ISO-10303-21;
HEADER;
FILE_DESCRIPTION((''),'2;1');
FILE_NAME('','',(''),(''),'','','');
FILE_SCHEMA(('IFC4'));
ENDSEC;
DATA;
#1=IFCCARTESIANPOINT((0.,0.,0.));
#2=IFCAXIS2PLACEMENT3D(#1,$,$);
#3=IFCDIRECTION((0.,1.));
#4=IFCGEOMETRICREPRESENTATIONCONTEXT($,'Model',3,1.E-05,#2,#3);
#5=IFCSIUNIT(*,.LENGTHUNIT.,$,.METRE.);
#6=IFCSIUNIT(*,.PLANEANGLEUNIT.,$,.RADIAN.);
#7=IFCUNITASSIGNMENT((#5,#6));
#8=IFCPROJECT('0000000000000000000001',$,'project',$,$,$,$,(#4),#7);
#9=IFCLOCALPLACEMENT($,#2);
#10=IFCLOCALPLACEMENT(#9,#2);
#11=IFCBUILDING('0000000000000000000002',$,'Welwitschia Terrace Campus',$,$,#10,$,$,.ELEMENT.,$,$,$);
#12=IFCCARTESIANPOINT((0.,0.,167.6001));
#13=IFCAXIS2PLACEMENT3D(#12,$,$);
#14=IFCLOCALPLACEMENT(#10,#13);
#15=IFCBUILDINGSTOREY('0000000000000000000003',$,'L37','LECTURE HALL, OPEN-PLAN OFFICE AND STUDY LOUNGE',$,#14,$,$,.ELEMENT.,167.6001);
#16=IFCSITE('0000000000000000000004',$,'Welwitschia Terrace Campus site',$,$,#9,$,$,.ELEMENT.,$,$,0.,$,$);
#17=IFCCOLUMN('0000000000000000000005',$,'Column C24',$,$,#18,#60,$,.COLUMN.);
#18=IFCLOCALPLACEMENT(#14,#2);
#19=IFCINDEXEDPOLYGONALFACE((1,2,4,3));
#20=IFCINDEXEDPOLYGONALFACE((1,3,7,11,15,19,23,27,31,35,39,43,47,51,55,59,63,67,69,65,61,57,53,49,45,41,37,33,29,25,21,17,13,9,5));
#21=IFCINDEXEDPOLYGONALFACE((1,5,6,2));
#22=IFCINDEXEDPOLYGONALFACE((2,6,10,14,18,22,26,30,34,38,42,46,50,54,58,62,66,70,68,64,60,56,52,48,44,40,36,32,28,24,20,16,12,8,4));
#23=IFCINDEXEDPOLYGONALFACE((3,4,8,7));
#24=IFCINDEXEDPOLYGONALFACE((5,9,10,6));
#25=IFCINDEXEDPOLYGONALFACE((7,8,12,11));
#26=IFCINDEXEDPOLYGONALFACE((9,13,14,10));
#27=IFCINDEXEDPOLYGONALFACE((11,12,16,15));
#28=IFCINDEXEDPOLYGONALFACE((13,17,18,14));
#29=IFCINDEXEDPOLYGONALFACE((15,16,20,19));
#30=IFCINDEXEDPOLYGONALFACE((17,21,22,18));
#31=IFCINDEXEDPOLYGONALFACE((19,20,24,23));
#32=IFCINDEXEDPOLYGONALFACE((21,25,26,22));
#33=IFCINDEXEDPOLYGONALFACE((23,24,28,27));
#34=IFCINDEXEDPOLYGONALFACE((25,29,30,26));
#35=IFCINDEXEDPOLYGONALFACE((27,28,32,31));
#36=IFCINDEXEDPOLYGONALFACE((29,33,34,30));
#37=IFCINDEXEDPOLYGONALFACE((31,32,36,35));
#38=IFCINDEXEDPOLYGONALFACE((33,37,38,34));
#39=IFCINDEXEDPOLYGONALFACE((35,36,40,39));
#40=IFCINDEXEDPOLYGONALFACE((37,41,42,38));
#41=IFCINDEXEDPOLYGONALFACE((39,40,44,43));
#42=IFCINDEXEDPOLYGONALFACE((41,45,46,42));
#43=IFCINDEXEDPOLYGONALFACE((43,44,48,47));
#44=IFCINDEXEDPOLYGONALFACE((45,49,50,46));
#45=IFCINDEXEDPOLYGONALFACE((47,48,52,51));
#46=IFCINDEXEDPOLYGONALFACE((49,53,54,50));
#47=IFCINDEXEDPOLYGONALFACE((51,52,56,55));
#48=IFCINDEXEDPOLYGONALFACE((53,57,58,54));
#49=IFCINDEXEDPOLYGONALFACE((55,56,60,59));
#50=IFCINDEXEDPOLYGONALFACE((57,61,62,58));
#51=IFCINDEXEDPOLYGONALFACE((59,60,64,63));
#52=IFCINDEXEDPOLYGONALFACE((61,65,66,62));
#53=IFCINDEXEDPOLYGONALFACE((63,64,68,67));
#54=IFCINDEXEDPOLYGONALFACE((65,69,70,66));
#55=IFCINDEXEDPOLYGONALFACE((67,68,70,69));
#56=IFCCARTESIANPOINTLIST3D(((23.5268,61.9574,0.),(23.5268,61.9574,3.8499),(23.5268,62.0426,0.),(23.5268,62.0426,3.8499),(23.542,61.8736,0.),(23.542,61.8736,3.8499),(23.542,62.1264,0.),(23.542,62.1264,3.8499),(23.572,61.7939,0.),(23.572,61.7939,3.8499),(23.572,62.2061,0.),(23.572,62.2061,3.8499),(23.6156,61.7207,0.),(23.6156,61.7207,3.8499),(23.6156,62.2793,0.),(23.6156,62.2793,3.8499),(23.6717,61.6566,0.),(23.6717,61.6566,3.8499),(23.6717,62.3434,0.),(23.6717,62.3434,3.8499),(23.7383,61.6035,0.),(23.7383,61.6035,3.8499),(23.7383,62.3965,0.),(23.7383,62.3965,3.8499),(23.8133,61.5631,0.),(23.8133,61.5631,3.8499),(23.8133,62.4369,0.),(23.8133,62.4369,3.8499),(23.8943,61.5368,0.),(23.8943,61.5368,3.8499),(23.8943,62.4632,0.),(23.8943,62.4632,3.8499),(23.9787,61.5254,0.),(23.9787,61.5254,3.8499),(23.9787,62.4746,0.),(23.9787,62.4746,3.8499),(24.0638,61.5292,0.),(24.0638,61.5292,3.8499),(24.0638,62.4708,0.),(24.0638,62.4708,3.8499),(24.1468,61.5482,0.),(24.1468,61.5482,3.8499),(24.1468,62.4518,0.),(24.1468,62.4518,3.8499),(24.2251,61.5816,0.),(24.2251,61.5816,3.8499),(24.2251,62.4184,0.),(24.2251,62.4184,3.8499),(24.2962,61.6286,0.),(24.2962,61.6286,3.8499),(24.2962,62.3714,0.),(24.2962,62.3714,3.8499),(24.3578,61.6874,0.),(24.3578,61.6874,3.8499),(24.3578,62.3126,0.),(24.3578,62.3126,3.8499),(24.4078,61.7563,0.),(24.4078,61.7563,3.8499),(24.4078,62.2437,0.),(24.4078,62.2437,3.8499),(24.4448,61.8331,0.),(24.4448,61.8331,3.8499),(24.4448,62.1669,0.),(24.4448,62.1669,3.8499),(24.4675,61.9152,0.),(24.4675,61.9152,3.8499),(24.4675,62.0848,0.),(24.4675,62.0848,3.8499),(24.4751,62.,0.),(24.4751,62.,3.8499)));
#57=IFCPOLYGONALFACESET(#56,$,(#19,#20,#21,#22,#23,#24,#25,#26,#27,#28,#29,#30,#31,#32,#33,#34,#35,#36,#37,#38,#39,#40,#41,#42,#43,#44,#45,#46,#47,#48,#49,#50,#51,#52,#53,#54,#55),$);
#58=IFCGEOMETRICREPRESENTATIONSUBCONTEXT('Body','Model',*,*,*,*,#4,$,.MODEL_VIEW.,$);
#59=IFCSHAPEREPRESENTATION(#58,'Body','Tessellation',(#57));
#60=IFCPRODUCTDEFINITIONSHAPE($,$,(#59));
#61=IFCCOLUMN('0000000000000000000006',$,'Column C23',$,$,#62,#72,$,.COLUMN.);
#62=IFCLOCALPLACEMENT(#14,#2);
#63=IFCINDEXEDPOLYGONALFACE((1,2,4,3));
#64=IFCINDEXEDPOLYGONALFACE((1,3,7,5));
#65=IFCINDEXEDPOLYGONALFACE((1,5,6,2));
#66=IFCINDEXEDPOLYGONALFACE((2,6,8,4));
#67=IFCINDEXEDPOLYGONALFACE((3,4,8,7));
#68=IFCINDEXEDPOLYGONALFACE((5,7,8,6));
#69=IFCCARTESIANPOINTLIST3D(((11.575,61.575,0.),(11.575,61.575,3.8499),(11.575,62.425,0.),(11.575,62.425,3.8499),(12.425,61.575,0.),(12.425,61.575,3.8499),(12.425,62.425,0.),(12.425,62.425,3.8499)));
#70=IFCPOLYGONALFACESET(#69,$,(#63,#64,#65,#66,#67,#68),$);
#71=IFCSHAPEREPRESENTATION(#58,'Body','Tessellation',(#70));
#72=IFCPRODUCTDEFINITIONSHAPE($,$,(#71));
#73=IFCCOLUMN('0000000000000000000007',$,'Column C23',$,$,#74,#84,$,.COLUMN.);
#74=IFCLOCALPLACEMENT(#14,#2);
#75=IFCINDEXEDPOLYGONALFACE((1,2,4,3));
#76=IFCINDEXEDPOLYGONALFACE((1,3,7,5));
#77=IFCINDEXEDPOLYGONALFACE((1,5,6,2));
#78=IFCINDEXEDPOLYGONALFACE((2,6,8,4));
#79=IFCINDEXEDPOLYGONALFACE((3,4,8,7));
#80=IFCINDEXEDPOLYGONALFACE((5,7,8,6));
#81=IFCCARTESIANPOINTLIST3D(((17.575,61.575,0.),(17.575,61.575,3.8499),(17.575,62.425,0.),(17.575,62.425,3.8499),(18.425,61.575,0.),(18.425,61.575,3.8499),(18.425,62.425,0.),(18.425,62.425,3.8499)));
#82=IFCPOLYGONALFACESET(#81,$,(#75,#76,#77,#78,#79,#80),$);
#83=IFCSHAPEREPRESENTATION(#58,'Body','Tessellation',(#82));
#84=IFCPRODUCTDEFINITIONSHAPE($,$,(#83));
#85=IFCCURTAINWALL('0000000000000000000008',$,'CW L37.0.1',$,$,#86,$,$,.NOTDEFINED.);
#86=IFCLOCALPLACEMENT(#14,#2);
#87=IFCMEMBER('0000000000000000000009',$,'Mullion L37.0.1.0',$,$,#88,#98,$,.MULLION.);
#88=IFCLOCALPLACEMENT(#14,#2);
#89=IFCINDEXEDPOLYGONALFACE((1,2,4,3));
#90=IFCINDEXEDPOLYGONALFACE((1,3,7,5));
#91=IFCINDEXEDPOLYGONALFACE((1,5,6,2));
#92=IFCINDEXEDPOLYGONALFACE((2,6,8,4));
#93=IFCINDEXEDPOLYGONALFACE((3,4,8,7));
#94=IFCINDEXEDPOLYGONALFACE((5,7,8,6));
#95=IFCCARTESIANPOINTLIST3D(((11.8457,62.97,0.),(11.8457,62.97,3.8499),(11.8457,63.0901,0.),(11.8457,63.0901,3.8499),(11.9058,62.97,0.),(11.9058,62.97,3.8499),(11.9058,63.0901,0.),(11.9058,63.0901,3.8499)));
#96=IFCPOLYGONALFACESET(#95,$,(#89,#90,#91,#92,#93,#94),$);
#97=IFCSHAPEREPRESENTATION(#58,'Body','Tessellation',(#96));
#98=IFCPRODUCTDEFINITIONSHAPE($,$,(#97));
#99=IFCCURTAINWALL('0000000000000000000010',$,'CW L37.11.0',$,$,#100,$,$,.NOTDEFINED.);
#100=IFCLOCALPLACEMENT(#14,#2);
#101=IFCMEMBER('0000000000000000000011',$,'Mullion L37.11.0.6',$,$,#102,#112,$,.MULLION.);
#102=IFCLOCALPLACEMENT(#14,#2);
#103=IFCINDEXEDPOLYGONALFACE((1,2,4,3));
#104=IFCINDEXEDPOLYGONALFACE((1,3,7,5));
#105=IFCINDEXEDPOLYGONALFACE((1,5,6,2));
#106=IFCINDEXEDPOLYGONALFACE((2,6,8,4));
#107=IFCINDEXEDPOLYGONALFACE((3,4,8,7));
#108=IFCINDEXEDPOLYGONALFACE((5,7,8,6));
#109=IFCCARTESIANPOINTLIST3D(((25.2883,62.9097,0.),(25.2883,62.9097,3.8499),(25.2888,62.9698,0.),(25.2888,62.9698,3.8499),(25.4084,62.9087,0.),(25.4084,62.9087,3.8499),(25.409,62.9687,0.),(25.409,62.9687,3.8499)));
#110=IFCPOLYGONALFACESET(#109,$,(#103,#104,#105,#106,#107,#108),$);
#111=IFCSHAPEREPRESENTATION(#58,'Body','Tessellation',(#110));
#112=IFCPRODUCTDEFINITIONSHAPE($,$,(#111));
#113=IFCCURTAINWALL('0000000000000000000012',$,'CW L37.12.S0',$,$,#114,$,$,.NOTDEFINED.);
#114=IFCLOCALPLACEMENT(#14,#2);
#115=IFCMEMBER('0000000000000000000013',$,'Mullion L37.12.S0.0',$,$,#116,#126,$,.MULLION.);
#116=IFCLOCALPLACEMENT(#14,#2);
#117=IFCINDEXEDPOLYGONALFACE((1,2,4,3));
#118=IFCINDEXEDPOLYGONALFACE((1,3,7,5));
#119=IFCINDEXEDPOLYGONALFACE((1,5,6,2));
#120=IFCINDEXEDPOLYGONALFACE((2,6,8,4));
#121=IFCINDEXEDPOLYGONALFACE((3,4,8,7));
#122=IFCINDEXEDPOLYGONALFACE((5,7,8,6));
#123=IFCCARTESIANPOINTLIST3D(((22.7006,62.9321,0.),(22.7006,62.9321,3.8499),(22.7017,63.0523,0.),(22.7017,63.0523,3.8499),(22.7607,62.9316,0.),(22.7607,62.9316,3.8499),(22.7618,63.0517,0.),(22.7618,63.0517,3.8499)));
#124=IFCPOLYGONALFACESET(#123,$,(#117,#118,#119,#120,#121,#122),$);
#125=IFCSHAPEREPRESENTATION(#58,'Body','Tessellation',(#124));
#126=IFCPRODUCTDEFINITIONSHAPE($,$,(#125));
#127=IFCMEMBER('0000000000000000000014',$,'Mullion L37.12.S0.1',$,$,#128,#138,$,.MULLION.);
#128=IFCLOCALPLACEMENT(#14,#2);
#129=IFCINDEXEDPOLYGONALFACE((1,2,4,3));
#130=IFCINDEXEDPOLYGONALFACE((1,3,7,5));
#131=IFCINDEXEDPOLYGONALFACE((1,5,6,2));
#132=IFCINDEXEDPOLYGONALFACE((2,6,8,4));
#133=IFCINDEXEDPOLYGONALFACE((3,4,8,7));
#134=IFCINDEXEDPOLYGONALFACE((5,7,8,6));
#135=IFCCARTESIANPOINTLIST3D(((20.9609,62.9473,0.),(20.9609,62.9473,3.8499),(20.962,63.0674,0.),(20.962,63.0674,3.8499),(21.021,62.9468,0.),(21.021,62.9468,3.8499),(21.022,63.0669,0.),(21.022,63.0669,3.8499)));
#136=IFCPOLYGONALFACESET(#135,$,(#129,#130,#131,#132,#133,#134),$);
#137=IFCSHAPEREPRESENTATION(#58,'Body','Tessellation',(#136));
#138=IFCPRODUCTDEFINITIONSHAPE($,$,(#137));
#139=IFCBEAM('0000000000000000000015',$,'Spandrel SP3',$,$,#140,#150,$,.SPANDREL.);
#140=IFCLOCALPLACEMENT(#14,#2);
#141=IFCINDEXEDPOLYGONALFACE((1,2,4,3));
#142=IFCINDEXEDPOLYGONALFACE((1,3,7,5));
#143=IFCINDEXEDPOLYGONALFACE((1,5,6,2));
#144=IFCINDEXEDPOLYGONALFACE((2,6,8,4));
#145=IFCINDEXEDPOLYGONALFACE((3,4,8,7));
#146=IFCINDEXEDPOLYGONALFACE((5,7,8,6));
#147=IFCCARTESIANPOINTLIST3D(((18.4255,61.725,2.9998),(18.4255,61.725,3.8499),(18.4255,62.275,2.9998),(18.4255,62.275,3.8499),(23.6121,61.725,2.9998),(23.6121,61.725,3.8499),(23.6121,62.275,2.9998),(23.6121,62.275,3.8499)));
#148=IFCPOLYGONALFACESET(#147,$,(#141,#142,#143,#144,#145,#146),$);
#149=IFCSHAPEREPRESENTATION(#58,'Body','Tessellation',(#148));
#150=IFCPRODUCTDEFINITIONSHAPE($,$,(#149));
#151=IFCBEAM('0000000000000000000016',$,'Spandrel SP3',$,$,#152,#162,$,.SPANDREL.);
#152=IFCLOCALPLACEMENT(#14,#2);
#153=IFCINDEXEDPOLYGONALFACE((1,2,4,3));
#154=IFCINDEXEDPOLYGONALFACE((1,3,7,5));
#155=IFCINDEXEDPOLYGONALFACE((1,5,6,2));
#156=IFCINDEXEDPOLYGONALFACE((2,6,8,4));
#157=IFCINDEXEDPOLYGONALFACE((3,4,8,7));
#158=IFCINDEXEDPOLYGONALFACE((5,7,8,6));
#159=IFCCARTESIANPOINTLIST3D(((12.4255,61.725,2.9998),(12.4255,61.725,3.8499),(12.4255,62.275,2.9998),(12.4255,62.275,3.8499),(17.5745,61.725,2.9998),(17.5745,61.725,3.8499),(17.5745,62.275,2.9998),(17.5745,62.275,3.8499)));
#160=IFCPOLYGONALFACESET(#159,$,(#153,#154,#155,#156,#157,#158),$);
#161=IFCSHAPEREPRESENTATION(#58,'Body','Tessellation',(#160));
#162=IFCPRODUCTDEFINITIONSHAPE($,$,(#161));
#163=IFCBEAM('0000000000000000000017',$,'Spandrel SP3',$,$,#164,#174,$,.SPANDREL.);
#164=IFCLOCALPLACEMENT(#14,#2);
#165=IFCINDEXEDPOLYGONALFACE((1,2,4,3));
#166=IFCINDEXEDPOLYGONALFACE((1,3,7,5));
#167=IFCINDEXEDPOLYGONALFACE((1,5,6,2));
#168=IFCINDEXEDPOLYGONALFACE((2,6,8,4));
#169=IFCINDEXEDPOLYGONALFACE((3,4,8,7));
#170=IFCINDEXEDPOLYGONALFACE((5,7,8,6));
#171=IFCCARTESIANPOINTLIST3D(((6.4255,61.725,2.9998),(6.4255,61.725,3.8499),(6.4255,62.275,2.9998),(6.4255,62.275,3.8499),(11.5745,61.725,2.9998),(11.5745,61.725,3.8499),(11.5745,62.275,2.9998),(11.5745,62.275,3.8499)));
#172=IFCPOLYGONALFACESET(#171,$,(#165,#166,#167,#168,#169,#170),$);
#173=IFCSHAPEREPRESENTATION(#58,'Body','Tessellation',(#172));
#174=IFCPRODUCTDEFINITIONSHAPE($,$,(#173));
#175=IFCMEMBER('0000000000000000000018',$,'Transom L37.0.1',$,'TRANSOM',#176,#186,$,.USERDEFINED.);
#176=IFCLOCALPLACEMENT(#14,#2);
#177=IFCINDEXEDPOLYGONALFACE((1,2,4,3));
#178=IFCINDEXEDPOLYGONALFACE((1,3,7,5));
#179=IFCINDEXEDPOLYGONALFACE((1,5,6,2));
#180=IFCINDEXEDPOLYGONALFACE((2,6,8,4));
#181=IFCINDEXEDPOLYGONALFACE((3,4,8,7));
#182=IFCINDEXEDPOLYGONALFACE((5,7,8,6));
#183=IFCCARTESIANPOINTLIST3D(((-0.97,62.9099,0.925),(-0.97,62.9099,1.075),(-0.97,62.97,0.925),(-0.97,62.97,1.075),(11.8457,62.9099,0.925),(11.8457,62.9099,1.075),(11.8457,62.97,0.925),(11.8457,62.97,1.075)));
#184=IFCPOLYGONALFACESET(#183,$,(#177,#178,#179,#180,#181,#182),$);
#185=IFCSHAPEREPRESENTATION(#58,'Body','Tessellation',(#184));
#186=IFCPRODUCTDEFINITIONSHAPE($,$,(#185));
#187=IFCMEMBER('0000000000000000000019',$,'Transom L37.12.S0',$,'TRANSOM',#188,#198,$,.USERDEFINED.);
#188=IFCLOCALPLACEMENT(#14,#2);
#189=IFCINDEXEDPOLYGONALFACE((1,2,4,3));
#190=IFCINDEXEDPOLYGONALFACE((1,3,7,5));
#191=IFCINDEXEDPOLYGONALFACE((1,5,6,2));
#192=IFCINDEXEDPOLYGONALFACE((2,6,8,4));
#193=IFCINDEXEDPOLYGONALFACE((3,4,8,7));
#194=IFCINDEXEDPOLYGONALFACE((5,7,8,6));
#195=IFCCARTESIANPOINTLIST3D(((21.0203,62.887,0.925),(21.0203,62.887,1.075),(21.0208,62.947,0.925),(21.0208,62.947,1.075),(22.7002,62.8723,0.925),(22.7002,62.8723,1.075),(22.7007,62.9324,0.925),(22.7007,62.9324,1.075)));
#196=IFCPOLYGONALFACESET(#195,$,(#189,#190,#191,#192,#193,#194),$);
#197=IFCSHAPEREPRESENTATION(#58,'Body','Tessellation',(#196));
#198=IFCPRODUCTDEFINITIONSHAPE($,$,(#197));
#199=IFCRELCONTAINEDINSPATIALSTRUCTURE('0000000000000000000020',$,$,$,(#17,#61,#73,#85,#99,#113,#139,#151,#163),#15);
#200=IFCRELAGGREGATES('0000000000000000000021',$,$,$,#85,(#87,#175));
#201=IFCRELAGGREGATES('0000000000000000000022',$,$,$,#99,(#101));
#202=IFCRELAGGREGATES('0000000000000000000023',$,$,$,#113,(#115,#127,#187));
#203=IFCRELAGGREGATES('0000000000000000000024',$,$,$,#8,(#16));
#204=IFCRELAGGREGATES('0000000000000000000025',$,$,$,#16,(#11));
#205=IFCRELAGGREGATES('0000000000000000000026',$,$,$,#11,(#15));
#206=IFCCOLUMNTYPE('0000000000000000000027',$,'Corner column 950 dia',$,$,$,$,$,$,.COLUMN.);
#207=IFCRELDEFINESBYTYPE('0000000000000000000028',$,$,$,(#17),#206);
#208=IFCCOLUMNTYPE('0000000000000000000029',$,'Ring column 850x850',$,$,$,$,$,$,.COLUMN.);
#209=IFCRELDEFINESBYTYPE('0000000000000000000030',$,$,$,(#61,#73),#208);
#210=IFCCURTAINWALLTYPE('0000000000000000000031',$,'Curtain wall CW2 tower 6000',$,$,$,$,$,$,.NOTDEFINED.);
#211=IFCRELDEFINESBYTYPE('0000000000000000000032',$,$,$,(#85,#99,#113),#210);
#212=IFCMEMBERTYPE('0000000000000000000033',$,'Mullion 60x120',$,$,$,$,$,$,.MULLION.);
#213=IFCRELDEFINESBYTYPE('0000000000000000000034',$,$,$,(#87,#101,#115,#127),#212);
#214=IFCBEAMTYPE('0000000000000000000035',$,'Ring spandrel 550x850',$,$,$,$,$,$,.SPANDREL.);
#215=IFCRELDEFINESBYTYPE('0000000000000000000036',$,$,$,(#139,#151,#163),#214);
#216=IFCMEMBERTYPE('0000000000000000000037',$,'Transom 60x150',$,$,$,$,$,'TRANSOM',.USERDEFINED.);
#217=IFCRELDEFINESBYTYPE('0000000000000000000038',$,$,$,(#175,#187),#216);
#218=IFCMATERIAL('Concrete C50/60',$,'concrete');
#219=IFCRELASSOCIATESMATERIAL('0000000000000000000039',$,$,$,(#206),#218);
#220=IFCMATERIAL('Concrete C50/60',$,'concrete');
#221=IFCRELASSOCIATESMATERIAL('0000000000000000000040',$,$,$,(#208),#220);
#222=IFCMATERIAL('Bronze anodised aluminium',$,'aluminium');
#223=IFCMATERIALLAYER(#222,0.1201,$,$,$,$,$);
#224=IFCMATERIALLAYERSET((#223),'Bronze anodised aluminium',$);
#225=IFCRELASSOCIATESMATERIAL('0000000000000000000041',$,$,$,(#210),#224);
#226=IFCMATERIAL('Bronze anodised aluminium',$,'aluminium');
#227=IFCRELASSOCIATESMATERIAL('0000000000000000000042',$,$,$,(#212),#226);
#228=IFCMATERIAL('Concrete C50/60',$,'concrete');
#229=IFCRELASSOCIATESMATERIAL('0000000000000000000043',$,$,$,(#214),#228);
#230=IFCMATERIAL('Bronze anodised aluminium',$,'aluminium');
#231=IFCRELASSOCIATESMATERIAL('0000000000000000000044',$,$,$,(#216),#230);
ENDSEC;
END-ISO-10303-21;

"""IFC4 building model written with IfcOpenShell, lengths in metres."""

from ifc_helpers import new_model, si_unit, direction, frame, origin, origin_2d, place, context, subcontext, project, spatial, rectangle, circle, extrude, material, layer, layer_set, material_profile, profile_set, type_object, element, aggregate, save


model = new_model("IFC4")

# Units and contexts
model_context = context("Model", 3, precision=1e-05, world=origin(), true_north=direction((0.0, 1.0)))
body_context = subcontext(model_context, "Body", "Model", "MODEL_VIEW")
ifc_project = project(units=[si_unit("LENGTHUNIT", "METRE"), si_unit("PLANEANGLEUNIT", "RADIAN")], contexts=[model_context])

# Site, building, storey
site_placement = place(None, origin())
site = spatial("IfcSite", under=ifc_project, at=site_placement, Name="Welwitschia Terrace Campus site", CompositionType="ELEMENT", RefElevation=0.0)
building_placement = place(site_placement, origin())
building = spatial("IfcBuilding", under=site, at=building_placement, Name="Welwitschia Terrace Campus", CompositionType="ELEMENT")
storey_placement = place(building_placement, frame((0.0, 0.0, 167.6001)))
storey = spatial("IfcBuildingStorey", under=building, at=storey_placement, Name="L37", Description="LECTURE HALL, OPEN-PLAN OFFICE AND STUDY LOUNGE", CompositionType="ELEMENT", Elevation=167.6001)

# Columns
ifc_material_1 = material(Name="Concrete C50/60", Category="concrete")
ifc_material_profile_1 = material_profile(ifc_material_1, circle(Radius=0.4751, at=origin_2d()))
ifc_profile_set_1 = profile_set([ifc_material_profile_1], Name="Concrete C50/60")
column_type_1 = type_object("IfcColumnType", Name="Corner column 950 dia", PredefinedType="COLUMN", material=ifc_profile_set_1)
column_placement = place(storey_placement, frame((24.0, 62.0, 0.0), z_axis=(0.0, 0.0, 1.0), x_axis=(1.0, 0.0, 0.0)))
element("IfcColumn", 1, at=column_placement, inside=storey, type_object=column_type_1, Name="Column C24", PredefinedType="COLUMN", context=body_context, shape_type="SweptSolid", body=[
    extrude(circle(Radius=0.4751, at=origin_2d()), origin(), (0.0, 0.0, 1.0), 3.8499),
])
ifc_material_2 = material(Name="Concrete C50/60", Category="concrete")
ifc_material_profile_2 = material_profile(ifc_material_2, rectangle(XDim=0.8501, YDim=0.8501, at=origin_2d()))
ifc_profile_set_2 = profile_set([ifc_material_profile_2], Name="Concrete C50/60")
column_type_2 = type_object("IfcColumnType", Name="Ring column 850x850", PredefinedType="COLUMN", material=ifc_profile_set_2)
for number, where, z_axis, x_axis, name in (
    (2, (12.0, 62.0, 0.0), (0.0, 0.0, 1.0), (1.0, 0.0, 0.0), "Column C23"),
    (3, (18.0, 62.0, 0.0), (0.0, 0.0, 1.0), (1.0, 0.0, 0.0), "Column C23"),
):
    element("IfcColumn", number, at=place(storey_placement, frame(where, z_axis=z_axis, x_axis=x_axis)), inside=storey, type_object=column_type_2, Name=name, PredefinedType="COLUMN", context=body_context, shape_type="SweptSolid", body=[
        extrude(rectangle(XDim=0.8501, YDim=0.8501, at=origin_2d()), origin(), (0.0, 0.0, 1.0), 3.8499),
    ])

# Curtain walls, members
ifc_material_3 = material(Name="Bronze anodised aluminium", Category="aluminium")
ifc_layer_1 = layer(ifc_material_3, 0.1201)
ifc_layer_set_1 = layer_set([ifc_layer_1], Name="Bronze anodised aluminium")
curtain_wall_type = type_object("IfcCurtainWallType", Name="Curtain wall CW2 tower 6000", PredefinedType="NOTDEFINED", material=ifc_layer_set_1)
curtain_wall_1_placement = place(storey_placement, origin())
curtain_wall_1 = element("IfcCurtainWall", 4, at=curtain_wall_1_placement, inside=storey, type_object=curtain_wall_type, Name="CW L37.0.1", PredefinedType="NOTDEFINED")
ifc_material_4 = material(Name="Bronze anodised aluminium", Category="aluminium")
ifc_material_profile_3 = material_profile(ifc_material_4, rectangle(XDim=0.1201, YDim=0.0601, at=origin_2d()))
ifc_profile_set_3 = profile_set([ifc_material_profile_3], Name="Bronze anodised aluminium")
member_type_1 = type_object("IfcMemberType", Name="Mullion 60x120", PredefinedType="MULLION", material=ifc_profile_set_3)
member_1_placement = place(storey_placement, frame((11.8757, 63.03, 0.0), z_axis=(0.0, 0.0, 1.0), x_axis=(0.0, -1.0, 0.0)))
member_1 = element("IfcMember", 5, at=member_1_placement, type_object=member_type_1, Name="Mullion L37.0.1.0", PredefinedType="MULLION", context=body_context, shape_type="SweptSolid", body=[
    extrude(rectangle(XDim=0.1201, YDim=0.0601, at=origin_2d()), origin(), (0.0, 0.0, 1.0), 3.8499),
])
curtain_wall_2_placement = place(storey_placement, origin())
curtain_wall_2 = element("IfcCurtainWall", 6, at=curtain_wall_2_placement, inside=storey, type_object=curtain_wall_type, Name="CW L37.11.0", PredefinedType="NOTDEFINED")
member_2_placement = place(storey_placement, frame((25.3486, 62.9392, 0.0), z_axis=(0.0, 0.0, 1.0), x_axis=(-0.999962, 0.008727, 0.0)))
member_2 = element("IfcMember", 7, at=member_2_placement, type_object=member_type_1, Name="Mullion L37.11.0.6", PredefinedType="MULLION", context=body_context, shape_type="SweptSolid", body=[
    extrude(rectangle(XDim=0.1201, YDim=0.0601, at=origin_2d()), origin(), (0.0, 0.0, 1.0), 3.8499),
])

# Curtain wall, members
curtain_wall_3_placement = place(storey_placement, origin())
curtain_wall_3 = element("IfcCurtainWall", 8, at=curtain_wall_3_placement, inside=storey, type_object=curtain_wall_type, Name="CW L37.12.S0", PredefinedType="NOTDEFINED")
member_3_placement = place(storey_placement, frame((22.7312, 62.9919, 0.0), z_axis=(0.0, 0.0, 1.0), x_axis=(-0.008727, -0.999962, 0.0)))
member_3 = element("IfcMember", 9, at=member_3_placement, type_object=member_type_1, Name="Mullion L37.12.S0.0", PredefinedType="MULLION", context=body_context, shape_type="SweptSolid", body=[
    extrude(rectangle(XDim=0.1201, YDim=0.0601, at=origin_2d()), origin(), (0.0, 0.0, 1.0), 3.8499),
])
member_4_placement = place(storey_placement, frame((20.9915, 63.0071, 0.0), z_axis=(0.0, 0.0, 1.0), x_axis=(-0.008727, -0.999962, 0.0)))
member_4 = element("IfcMember", 10, at=member_4_placement, type_object=member_type_1, Name="Mullion L37.12.S0.1", PredefinedType="MULLION", context=body_context, shape_type="SweptSolid", body=[
    extrude(rectangle(XDim=0.1201, YDim=0.0601, at=origin_2d()), origin(), (0.0, 0.0, 1.0), 3.8499),
])

# Beams
ifc_material_5 = material(Name="Concrete C50/60", Category="concrete")
ifc_material_profile_4 = material_profile(ifc_material_5, rectangle(XDim=0.55, YDim=0.8501, at=origin_2d()))
ifc_profile_set_4 = profile_set([ifc_material_profile_4], Name="Concrete C50/60")
beam_type = type_object("IfcBeamType", Name="Ring spandrel 550x850", PredefinedType="SPANDREL", material=ifc_profile_set_4)
beam_placement = place(storey_placement, frame((23.6121, 62.0, 3.4248), z_axis=(-1.0, 0.0, 0.0), x_axis=(0.0, -1.0, 0.0)))
element("IfcBeam", 11, at=beam_placement, inside=storey, type_object=beam_type, Name="Spandrel SP3", PredefinedType="SPANDREL", context=body_context, shape_type="SweptSolid", body=[
    extrude(rectangle(XDim=0.55, YDim=0.8501, at=origin_2d()), origin(), (0.0, 0.0, 1.0), 5.1865),
])
for number, where, z_axis, x_axis, name in (
    (12, (17.5745, 62.0, 3.4248), (-1.0, 0.0, 0.0), (0.0, -1.0, 0.0), "Spandrel SP3"),
    (13, (11.5745, 62.0, 3.4248), (-1.0, 0.0, 0.0), (0.0, -1.0, 0.0), "Spandrel SP3"),
):
    element("IfcBeam", number, at=place(storey_placement, frame(where, z_axis=z_axis, x_axis=x_axis)), inside=storey, type_object=beam_type, Name=name, PredefinedType="SPANDREL", context=body_context, shape_type="SweptSolid", body=[
        extrude(rectangle(XDim=0.55, YDim=0.8501, at=origin_2d()), origin(), (0.0, 0.0, 1.0), 5.1489),
    ])

# Members
ifc_material_6 = material(Name="Bronze anodised aluminium", Category="aluminium")
ifc_material_profile_5 = material_profile(ifc_material_6, rectangle(XDim=0.0601, YDim=0.1499, at=origin_2d()))
ifc_profile_set_5 = profile_set([ifc_material_profile_5], Name="Bronze anodised aluminium")
member_type_2 = type_object("IfcMemberType", Name="Transom 60x150", ElementType="TRANSOM", PredefinedType="USERDEFINED", material=ifc_profile_set_5)
member_5_placement = place(storey_placement, frame((11.8457, 62.9399, 1.0), z_axis=(-1.0, 0.0, 0.0), x_axis=(0.0, -1.0, 0.0)))
member_5 = element("IfcMember", 14, at=member_5_placement, type_object=member_type_2, Name="Transom L37.0.1", ObjectType="TRANSOM", PredefinedType="USERDEFINED", context=body_context, shape_type="SweptSolid", body=[
    extrude(rectangle(XDim=0.0601, YDim=0.1499, at=origin_2d()), origin(), (0.0, 0.0, 1.0), 12.8157),
])
aggregate(curtain_wall_1, [member_1, member_5])
member_6_placement = place(storey_placement, frame((22.7004, 62.9023, 1.0), z_axis=(-0.999962, 0.008719, 0.0), x_axis=(-0.008719, -0.999962, 0.0)))
member_6 = element("IfcMember", 15, at=member_6_placement, type_object=member_type_2, Name="Transom L37.12.S0", ObjectType="TRANSOM", PredefinedType="USERDEFINED", context=body_context, shape_type="SweptSolid", body=[
    extrude(rectangle(XDim=0.0601, YDim=0.1499, at=origin_2d()), origin(), (0.0, 0.0, 1.0), 1.6799),
])

aggregate(curtain_wall_2, [member_2])
aggregate(curtain_wall_3, [member_3, member_4, member_6])

save(model, "model.ifc")
